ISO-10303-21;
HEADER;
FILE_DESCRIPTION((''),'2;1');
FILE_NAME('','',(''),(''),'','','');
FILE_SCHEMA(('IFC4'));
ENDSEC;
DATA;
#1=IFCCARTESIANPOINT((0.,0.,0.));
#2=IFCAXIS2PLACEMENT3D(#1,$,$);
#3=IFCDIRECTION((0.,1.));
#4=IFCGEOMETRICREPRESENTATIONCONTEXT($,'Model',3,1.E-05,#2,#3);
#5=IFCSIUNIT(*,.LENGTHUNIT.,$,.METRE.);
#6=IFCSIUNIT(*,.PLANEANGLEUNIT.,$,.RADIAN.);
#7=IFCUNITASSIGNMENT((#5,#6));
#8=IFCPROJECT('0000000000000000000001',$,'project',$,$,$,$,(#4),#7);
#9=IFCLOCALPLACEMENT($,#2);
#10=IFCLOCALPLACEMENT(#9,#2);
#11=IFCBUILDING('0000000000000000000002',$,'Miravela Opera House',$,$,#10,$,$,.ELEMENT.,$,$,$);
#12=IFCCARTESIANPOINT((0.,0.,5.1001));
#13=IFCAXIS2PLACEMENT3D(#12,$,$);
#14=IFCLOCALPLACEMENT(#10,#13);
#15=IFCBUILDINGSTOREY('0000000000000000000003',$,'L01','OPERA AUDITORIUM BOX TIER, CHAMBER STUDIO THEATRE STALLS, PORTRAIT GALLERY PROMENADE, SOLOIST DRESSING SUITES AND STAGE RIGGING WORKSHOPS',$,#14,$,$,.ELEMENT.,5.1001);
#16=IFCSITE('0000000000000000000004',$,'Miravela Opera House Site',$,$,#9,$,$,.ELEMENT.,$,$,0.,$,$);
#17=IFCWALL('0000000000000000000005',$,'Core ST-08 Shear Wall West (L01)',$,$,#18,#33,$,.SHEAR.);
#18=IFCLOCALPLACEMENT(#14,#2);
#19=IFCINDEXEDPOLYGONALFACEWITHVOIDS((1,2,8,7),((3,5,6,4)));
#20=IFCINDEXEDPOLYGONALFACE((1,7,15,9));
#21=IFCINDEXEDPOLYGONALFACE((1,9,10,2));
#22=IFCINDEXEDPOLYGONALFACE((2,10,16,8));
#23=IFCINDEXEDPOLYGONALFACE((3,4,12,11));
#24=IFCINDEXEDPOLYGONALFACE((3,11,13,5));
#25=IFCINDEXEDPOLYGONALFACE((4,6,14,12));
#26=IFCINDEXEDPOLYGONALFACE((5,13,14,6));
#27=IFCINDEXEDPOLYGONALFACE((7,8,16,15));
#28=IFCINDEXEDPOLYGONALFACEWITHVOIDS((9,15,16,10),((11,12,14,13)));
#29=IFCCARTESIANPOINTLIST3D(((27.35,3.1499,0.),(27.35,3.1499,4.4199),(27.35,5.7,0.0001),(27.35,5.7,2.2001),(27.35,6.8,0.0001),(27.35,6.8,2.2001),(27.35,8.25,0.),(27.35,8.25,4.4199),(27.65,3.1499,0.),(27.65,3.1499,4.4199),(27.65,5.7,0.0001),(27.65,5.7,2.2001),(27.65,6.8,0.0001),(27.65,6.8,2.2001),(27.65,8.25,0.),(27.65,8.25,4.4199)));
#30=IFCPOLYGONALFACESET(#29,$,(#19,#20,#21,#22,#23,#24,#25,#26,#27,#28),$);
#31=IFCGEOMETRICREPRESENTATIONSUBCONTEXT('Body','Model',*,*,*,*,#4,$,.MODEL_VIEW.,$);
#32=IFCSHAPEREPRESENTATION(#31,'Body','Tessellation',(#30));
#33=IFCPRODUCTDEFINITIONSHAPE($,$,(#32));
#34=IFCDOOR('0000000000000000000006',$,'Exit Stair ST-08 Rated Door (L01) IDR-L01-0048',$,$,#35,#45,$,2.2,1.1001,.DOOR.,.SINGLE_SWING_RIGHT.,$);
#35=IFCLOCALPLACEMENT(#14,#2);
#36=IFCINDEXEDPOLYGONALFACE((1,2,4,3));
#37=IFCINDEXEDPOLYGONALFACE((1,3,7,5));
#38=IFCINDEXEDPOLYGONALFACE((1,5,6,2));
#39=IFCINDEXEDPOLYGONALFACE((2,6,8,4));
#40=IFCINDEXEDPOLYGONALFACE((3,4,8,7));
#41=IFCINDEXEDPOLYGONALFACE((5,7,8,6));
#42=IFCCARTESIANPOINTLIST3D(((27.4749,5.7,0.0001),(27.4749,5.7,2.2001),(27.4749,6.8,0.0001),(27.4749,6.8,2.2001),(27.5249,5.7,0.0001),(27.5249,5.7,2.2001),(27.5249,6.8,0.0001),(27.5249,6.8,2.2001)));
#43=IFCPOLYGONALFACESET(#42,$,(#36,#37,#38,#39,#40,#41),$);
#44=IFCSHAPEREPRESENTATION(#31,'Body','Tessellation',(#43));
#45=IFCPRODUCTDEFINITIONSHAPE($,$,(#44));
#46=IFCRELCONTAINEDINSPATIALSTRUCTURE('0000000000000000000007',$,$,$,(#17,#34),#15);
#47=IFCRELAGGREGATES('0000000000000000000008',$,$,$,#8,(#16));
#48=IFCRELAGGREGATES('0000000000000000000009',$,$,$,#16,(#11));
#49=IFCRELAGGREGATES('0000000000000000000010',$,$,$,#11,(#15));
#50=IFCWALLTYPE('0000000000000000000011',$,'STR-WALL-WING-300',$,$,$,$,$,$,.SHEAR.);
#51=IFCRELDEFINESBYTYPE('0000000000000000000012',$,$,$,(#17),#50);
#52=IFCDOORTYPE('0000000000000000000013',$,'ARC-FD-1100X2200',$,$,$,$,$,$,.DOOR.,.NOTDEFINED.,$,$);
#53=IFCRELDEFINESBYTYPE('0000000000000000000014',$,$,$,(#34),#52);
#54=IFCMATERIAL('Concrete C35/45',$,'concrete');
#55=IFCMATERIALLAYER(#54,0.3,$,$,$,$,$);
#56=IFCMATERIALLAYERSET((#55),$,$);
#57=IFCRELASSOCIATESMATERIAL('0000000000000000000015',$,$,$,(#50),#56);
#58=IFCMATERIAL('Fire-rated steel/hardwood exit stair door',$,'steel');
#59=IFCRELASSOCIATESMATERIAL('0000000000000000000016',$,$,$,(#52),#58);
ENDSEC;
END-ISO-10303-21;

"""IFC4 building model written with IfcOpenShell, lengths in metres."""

from ifc_helpers import new_model, si_unit, direction, frame, frame_2d, origin, place, context, subcontext, project, spatial, rectangle, extrude, material, layer, layer_set, type_object, element, fill, save


model = new_model("IFC4")

# Units and contexts
model_context = context("Model", 3, precision=1e-05, world=origin(), true_north=direction((0.0, 1.0)))
body_context = subcontext(model_context, "Body", "Model", "MODEL_VIEW")
ifc_project = project(units=[si_unit("LENGTHUNIT", "METRE"), si_unit("PLANEANGLEUNIT", "RADIAN")], contexts=[model_context])

# Site, building, storey
site_placement = place(None, origin())
site = spatial("IfcSite", under=ifc_project, at=site_placement, Name="Miravela Opera House Site", CompositionType="ELEMENT", RefElevation=0.0)
building_placement = place(site_placement, origin())
building = spatial("IfcBuilding", under=site, at=building_placement, Name="Miravela Opera House", CompositionType="ELEMENT")
storey_placement = place(building_placement, frame((0.0, 0.0, 5.1001)))
storey = spatial("IfcBuildingStorey", under=building, at=storey_placement, Name="L01", Description="OPERA AUDITORIUM BOX TIER, CHAMBER STUDIO THEATRE STALLS, PORTRAIT GALLERY PROMENADE, SOLOIST DRESSING SUITES AND STAGE RIGGING WORKSHOPS", CompositionType="ELEMENT", Elevation=5.1001)

# Shared definitions
ifc_material_1 = material(Name="Concrete C35/45", Category="concrete")

# Shared definitions
ifc_layer_1 = layer(ifc_material_1, 0.3)
ifc_layer_set_1 = layer_set([ifc_layer_1])
wall_type = type_object("IfcWallType", Name="STR-WALL-WING-300", PredefinedType="SHEAR", material=ifc_layer_set_1)

# Wall, opening, door
wall_placement = place(storey_placement, frame((27.5, 3.1499, 0.0), z_axis=(0.0, 0.0, 1.0), x_axis=(0.0, 1.0, 0.0)))
wall = element("IfcWall", 1, at=wall_placement, inside=storey, type_object=wall_type, Name="Core ST-08 Shear Wall West (L01)", PredefinedType="SHEAR", context=body_context, shape_type="SweptSolid", body=[
    extrude(rectangle(XDim=5.1001, YDim=0.3, at=frame_2d((2.55, 0.0))), origin(), (0.0, 0.0, 1.0), 4.4199),
])
opening_placement = place(wall_placement, frame((2.55, 0.0, 0.0)))
opening = element("IfcOpeningElement", 2, at=opening_placement, cuts=wall, PredefinedType="OPENING", context=body_context, shape_type="SweptSolid", body=[
    extrude(rectangle(XDim=1.1001, YDim=2.2, at=frame_2d((0.55, 1.1001))), frame((0.0, 0.1599, 0.0), z_axis=(0.0, -1.0, 0.0), x_axis=(1.0, 0.0, 0.0)), (0.0, 0.0, 1.0), 0.3201),
])
ifc_material_2 = material(Name="Fire-rated steel/hardwood exit stair door", Category="steel")
door_type = type_object("IfcDoorType", Name="ARC-FD-1100X2200", OperationType="NOTDEFINED", PredefinedType="DOOR", material=ifc_material_2)
door_placement = place(opening_placement, frame((1.1001, 0.0, 0.0), z_axis=(0.0, 0.0, 1.0), x_axis=(-1.0, 0.0, 0.0)))
door = element("IfcDoor", 3, at=door_placement, inside=storey, type_object=door_type, Name="Exit Stair ST-08 Rated Door (L01) IDR-L01-0048", OperationType="SINGLE_SWING_RIGHT", OverallHeight=2.2, OverallWidth=1.1001, PredefinedType="DOOR", context=body_context, shape_type="SweptSolid", body=[
    extrude(rectangle(XDim=1.1001, YDim=2.2, at=frame_2d((0.55, 1.1001))), frame((0.0, 0.0249, 0.0), z_axis=(0.0, -1.0, 0.0), x_axis=(1.0, 0.0, 0.0)), (0.0, 0.0, 1.0), 0.05),
])
fill(opening, door)

save(model, "model.ifc")
